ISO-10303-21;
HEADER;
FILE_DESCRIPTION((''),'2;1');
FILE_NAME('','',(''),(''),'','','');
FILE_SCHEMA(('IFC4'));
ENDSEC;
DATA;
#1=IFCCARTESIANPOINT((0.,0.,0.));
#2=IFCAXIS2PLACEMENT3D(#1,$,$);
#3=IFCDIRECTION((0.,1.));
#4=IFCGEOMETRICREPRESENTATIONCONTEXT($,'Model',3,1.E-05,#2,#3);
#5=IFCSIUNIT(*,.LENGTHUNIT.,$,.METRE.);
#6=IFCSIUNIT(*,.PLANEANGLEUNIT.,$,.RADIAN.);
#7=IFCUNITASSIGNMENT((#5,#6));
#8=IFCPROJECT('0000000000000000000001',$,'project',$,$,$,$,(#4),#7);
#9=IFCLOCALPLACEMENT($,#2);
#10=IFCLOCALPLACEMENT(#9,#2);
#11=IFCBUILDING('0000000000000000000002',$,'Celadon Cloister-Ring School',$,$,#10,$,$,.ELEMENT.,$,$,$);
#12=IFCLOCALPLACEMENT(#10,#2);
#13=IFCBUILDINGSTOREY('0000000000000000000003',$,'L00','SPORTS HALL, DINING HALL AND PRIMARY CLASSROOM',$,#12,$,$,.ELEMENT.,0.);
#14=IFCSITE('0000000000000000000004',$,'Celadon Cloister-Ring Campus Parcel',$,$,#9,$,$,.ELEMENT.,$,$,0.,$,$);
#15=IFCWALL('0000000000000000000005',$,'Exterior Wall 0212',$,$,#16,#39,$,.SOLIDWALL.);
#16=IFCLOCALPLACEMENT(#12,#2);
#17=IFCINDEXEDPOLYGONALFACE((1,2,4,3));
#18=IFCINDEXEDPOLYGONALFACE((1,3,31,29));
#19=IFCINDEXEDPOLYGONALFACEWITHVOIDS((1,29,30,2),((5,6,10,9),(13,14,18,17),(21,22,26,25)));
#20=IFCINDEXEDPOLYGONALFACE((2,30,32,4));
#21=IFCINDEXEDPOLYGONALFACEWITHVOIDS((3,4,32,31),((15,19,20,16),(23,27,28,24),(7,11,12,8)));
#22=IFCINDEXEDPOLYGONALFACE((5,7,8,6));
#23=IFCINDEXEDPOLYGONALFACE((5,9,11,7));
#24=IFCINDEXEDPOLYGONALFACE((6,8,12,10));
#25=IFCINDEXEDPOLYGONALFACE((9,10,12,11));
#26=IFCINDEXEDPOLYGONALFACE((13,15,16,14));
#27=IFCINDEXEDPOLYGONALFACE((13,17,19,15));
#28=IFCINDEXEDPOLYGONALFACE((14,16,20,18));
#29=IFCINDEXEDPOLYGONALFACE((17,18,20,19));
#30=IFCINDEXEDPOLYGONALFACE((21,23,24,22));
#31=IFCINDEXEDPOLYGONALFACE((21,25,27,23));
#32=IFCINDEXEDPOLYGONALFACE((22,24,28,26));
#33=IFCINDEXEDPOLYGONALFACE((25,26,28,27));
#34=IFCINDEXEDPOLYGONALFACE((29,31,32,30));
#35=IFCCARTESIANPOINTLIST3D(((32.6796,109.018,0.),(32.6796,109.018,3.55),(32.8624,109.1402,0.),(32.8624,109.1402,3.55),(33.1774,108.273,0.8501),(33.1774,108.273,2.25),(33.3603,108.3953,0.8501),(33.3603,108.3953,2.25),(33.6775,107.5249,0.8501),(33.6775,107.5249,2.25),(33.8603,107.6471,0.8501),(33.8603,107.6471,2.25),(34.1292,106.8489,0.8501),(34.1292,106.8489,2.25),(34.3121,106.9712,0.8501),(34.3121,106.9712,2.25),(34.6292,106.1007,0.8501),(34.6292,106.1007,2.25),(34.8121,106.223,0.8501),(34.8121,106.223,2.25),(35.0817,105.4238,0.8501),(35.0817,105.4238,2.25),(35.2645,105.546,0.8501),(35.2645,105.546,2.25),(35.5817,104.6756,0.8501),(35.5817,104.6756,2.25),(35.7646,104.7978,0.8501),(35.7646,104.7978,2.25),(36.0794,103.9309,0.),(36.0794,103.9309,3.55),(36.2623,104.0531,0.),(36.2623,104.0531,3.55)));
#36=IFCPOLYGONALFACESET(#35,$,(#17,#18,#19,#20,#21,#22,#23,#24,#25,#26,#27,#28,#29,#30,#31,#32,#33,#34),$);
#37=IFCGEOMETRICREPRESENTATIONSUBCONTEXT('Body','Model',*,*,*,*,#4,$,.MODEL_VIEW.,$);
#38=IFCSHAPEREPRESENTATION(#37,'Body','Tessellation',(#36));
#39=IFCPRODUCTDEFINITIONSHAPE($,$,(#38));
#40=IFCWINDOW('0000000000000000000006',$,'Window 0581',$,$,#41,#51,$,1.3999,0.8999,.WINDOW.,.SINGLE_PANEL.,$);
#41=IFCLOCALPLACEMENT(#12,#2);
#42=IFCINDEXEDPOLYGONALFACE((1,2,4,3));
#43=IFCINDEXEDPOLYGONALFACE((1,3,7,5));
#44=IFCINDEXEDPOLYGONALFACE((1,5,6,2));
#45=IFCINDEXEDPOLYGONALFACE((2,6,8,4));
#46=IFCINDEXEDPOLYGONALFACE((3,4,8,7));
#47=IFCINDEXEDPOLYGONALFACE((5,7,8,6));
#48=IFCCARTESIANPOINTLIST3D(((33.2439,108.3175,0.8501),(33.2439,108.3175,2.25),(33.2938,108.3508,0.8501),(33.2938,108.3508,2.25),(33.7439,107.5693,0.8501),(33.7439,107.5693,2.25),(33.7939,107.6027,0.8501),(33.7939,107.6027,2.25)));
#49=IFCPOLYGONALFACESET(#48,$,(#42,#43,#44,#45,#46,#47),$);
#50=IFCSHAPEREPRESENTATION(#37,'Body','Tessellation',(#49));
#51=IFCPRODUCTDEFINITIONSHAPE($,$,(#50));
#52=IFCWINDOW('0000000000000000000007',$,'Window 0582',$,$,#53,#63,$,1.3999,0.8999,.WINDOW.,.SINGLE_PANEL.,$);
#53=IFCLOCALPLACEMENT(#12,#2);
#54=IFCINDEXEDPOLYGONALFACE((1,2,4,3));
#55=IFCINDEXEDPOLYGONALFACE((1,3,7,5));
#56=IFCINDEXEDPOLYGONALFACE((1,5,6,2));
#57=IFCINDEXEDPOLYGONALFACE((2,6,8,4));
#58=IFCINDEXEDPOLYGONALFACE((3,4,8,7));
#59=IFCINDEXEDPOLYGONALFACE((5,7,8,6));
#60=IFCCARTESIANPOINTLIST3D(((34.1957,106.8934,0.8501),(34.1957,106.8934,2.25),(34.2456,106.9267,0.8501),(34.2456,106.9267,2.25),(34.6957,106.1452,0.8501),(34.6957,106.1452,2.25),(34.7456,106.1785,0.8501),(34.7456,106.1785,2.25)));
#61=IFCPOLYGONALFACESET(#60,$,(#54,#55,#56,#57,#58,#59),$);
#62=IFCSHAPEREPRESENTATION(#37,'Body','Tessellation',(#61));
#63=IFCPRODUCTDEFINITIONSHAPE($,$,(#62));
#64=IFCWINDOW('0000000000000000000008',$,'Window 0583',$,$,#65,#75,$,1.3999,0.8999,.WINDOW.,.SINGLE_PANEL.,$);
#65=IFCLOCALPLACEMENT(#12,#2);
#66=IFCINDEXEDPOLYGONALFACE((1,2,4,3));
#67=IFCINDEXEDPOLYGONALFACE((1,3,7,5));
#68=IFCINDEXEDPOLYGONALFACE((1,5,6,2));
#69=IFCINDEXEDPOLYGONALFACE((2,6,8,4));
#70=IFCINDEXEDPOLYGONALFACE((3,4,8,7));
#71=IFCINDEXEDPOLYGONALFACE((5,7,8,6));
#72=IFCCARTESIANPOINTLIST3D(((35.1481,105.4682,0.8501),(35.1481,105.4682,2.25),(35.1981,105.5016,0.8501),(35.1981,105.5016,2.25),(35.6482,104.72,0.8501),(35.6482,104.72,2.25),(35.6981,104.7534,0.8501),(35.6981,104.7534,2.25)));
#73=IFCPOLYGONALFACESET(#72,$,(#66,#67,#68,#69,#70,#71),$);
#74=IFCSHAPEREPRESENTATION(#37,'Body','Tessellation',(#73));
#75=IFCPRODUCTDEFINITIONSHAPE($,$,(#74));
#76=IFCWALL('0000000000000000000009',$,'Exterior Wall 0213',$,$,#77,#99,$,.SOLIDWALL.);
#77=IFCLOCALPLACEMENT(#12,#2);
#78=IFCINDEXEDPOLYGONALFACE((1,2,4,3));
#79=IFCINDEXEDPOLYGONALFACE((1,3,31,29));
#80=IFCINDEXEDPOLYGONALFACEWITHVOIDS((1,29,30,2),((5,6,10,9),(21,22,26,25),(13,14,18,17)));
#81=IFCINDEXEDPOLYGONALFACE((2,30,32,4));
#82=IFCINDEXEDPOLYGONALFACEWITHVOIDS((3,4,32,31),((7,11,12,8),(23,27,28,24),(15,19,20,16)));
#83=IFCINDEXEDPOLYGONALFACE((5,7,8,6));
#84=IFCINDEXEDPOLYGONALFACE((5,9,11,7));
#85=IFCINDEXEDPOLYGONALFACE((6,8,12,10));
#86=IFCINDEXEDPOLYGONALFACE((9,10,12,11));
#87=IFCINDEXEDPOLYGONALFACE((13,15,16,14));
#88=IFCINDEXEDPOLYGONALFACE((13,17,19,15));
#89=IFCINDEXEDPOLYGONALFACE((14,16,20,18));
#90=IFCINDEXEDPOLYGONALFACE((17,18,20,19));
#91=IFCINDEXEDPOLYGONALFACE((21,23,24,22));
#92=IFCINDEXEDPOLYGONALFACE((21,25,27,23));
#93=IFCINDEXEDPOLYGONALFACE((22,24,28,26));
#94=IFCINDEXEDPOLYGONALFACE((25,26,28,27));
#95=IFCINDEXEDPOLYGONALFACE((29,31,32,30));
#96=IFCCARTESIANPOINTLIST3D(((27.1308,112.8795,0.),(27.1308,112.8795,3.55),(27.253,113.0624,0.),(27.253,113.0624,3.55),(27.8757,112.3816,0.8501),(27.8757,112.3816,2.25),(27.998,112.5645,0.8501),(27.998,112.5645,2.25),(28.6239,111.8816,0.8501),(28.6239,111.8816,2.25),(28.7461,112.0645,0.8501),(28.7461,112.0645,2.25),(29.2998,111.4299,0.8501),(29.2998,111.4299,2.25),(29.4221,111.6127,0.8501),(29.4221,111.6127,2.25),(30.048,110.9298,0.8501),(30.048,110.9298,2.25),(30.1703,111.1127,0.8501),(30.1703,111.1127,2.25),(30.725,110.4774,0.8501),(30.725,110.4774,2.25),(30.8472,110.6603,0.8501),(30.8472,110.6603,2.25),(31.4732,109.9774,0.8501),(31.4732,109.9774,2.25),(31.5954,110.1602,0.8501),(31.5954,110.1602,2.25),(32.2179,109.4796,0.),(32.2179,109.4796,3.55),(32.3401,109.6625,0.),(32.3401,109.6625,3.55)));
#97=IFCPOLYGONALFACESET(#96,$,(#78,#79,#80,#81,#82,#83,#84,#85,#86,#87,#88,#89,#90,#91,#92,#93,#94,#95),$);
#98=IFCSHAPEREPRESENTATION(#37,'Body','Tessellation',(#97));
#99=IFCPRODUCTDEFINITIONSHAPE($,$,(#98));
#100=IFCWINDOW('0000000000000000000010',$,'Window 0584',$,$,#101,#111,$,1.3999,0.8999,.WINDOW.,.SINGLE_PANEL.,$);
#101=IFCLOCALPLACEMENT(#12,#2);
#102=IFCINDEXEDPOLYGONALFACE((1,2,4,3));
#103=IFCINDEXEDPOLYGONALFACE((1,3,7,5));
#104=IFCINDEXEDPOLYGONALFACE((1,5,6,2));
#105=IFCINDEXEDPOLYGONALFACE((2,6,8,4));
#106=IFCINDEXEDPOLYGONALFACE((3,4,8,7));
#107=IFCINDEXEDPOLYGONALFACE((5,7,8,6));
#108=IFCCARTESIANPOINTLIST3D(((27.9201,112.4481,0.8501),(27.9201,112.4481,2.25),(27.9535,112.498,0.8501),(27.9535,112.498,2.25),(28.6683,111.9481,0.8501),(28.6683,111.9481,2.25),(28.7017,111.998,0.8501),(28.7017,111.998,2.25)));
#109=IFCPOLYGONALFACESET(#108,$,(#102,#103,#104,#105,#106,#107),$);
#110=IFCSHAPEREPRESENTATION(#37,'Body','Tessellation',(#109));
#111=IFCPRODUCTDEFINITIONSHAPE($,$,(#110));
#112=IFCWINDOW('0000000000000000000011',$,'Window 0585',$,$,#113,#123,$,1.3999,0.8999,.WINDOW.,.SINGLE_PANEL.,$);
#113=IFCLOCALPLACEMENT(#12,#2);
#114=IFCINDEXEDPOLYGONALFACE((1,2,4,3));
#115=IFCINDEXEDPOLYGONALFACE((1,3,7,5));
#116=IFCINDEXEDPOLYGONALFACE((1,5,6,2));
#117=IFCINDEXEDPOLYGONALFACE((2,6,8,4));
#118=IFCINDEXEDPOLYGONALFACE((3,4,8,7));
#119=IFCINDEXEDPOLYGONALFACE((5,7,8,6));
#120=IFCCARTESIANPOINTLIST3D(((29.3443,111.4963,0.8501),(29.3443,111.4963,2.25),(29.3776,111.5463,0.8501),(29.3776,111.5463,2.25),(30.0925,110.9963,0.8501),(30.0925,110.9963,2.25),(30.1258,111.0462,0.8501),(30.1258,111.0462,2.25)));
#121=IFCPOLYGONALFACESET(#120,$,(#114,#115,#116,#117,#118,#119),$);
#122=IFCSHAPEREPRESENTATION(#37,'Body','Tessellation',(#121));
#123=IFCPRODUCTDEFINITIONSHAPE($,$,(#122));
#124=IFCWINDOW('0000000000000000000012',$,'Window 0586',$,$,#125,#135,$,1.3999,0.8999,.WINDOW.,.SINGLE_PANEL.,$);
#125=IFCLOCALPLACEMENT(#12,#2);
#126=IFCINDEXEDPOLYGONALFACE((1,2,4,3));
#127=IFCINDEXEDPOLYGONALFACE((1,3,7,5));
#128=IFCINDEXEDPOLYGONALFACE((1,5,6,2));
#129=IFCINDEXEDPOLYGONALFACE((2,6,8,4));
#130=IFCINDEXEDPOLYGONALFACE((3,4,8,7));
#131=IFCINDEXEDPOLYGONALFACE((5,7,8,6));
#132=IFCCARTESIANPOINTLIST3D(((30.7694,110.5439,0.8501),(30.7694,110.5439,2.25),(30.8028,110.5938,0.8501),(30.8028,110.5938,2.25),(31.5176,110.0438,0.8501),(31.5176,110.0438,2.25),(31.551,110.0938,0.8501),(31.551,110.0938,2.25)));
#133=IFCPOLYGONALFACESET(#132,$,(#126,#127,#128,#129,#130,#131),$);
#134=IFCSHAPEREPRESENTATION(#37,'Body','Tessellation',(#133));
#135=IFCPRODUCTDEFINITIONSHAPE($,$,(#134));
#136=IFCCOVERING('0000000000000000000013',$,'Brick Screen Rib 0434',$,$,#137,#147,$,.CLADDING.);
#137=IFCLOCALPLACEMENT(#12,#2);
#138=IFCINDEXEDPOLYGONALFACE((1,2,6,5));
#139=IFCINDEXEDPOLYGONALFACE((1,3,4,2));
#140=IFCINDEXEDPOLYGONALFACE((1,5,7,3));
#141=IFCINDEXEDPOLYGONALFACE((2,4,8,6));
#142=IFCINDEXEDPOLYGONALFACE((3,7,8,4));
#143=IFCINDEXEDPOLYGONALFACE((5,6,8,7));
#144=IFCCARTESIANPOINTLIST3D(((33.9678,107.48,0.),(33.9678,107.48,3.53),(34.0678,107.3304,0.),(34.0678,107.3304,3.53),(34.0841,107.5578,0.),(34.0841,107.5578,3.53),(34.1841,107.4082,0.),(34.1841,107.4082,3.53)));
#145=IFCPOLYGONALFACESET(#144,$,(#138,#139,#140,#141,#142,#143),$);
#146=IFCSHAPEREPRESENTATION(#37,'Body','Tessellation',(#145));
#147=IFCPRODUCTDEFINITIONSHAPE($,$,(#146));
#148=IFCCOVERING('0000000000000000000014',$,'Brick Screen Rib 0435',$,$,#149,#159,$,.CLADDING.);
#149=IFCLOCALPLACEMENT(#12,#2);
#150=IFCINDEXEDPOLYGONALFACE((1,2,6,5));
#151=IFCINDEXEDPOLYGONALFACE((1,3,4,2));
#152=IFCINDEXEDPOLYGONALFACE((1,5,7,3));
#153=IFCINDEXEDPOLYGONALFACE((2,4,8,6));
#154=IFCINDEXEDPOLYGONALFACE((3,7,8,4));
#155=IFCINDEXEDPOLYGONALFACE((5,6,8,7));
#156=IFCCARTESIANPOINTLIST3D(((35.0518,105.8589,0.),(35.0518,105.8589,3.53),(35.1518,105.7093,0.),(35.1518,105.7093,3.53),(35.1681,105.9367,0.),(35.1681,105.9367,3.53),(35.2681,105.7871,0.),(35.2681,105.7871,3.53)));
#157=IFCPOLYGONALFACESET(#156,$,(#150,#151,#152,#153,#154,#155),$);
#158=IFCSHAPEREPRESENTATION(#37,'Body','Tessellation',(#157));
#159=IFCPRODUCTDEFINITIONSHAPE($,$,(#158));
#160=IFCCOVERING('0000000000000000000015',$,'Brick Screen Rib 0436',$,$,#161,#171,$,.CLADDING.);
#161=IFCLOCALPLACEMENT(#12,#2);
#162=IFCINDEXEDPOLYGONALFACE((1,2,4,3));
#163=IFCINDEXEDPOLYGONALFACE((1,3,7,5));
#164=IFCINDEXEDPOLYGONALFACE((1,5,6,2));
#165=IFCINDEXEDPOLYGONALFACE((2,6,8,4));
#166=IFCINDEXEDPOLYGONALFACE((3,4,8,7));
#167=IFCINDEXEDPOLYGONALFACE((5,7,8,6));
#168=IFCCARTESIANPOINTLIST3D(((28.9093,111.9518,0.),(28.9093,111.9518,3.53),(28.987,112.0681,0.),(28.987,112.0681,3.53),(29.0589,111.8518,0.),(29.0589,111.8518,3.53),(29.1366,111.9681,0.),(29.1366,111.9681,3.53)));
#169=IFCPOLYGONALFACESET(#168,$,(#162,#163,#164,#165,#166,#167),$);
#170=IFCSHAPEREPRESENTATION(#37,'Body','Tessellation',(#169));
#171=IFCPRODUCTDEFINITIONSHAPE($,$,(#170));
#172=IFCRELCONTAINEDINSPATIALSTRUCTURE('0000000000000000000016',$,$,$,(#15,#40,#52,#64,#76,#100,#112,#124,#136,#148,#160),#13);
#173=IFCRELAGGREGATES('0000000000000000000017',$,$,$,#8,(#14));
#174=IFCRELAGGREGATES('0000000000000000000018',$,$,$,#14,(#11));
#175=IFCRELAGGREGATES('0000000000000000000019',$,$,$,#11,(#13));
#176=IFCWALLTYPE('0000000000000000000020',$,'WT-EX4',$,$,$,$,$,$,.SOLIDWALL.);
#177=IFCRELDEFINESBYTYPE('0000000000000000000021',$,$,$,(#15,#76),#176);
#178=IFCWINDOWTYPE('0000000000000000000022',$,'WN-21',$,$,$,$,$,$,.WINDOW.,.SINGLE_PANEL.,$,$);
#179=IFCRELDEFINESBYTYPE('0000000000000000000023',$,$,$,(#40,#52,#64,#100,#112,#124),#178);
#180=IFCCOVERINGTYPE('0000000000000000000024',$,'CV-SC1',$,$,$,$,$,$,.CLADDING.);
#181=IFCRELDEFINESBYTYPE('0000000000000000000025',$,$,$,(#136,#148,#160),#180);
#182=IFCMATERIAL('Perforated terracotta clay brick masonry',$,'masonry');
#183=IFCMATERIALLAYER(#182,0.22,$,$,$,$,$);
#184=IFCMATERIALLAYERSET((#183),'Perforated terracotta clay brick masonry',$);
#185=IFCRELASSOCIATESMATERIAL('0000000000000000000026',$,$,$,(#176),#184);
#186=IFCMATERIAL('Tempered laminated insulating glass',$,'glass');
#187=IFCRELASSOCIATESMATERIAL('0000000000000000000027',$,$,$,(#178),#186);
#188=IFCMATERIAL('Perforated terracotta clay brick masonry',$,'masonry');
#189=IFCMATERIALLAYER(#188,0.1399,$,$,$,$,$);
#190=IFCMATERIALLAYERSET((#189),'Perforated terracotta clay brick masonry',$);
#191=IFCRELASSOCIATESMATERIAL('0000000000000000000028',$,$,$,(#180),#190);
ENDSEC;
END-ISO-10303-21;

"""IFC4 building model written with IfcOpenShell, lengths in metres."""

from ifc_helpers import new_model, si_unit, direction, frame, frame_2d, origin, origin_2d, place, context, subcontext, project, spatial, rectangle, extrude, material, layer, layer_set, type_object, element, fill, save


model = new_model("IFC4")

# Units and contexts
model_context = context("Model", 3, precision=1e-05, world=origin(), true_north=direction((0.0, 1.0)))
body_context = subcontext(model_context, "Body", "Model", "MODEL_VIEW")
ifc_project = project(units=[si_unit("LENGTHUNIT", "METRE"), si_unit("PLANEANGLEUNIT", "RADIAN")], contexts=[model_context])

# Site, building, storey
site_placement = place(None, origin())
site = spatial("IfcSite", under=ifc_project, at=site_placement, Name="Celadon Cloister-Ring Campus Parcel", CompositionType="ELEMENT", RefElevation=0.0)
building_placement = place(site_placement, origin())
building = spatial("IfcBuilding", under=site, at=building_placement, Name="Celadon Cloister-Ring School", CompositionType="ELEMENT")
storey_placement = place(building_placement, origin())
storey = spatial("IfcBuildingStorey", under=building, at=storey_placement, Name="L00", Description="SPORTS HALL, DINING HALL AND PRIMARY CLASSROOM", CompositionType="ELEMENT", Elevation=0.0)

# Walls, openings, windows
ifc_material_1 = material(Name="Perforated terracotta clay brick masonry", Category="masonry")
ifc_layer_1 = layer(ifc_material_1, 0.22)
ifc_layer_set_1 = layer_set([ifc_layer_1], Name="Perforated terracotta clay brick masonry")
wall_type = type_object("IfcWallType", Name="WT-EX4", PredefinedType="SOLIDWALL", material=ifc_layer_set_1)
wall_1_placement = place(storey_placement, frame((32.771, 109.0791, 0.0), z_axis=(0.0, 0.0, 1.0), x_axis=(0.555657, -0.831411, 0.0)))
wall_1 = element("IfcWall", 1, at=wall_1_placement, inside=storey, type_object=wall_type, Name="Exterior Wall 0212", PredefinedType="SOLIDWALL", context=body_context, shape_type="SweptSolid", body=[
    extrude(rectangle(XDim=6.1187, YDim=0.22, at=frame_2d((3.0593, 0.0))), origin(), (0.0, 0.0, 1.0), 3.55),
])
opening_1_placement = place(wall_1_placement, frame((0.896, 0.0, 0.8501)))
opening_1 = element("IfcOpeningElement", 2, at=opening_1_placement, cuts=wall_1, PredefinedType="OPENING", context=body_context, shape_type="SweptSolid", body=[
    extrude(rectangle(XDim=0.8999, YDim=1.3999, at=frame_2d((0.45, 0.7))), frame((0.0, 0.1201, 0.0), z_axis=(0.0, -1.0, 0.0), x_axis=(1.0, 0.0, 0.0)), (0.0, 0.0, 1.0), 0.24),
])
opening_2_placement = place(wall_1_placement, frame((2.6089, 0.0, 0.8501)))
opening_2 = element("IfcOpeningElement", 3, at=opening_2_placement, cuts=wall_1, PredefinedType="OPENING", context=body_context, shape_type="SweptSolid", body=[
    extrude(rectangle(XDim=0.8999, YDim=1.3999, at=frame_2d((0.45, 0.7))), frame((0.0, 0.1201, 0.0), z_axis=(0.0, -1.0, 0.0), x_axis=(1.0, 0.0, 0.0)), (0.0, 0.0, 1.0), 0.24),
])
opening_3_placement = place(wall_1_placement, frame((4.323, 0.0, 0.8501)))
opening_3 = element("IfcOpeningElement", 4, at=opening_3_placement, cuts=wall_1, PredefinedType="OPENING", context=body_context, shape_type="SweptSolid", body=[
    extrude(rectangle(XDim=0.8999, YDim=1.3999, at=frame_2d((0.45, 0.7))), frame((0.0, 0.1201, 0.0), z_axis=(0.0, -1.0, 0.0), x_axis=(1.0, 0.0, 0.0)), (0.0, 0.0, 1.0), 0.24),
])
ifc_material_2 = material(Name="Tempered laminated insulating glass", Category="glass")
window_type = type_object("IfcWindowType", Name="WN-21", PartitioningType="SINGLE_PANEL", PredefinedType="WINDOW", material=ifc_material_2)
window_1_placement = place(opening_1_placement, origin())
window_1 = element("IfcWindow", 5, at=window_1_placement, inside=storey, type_object=window_type, Name="Window 0581", OverallHeight=1.3999, OverallWidth=0.8999, PartitioningType="SINGLE_PANEL", PredefinedType="WINDOW", context=body_context, shape_type="SweptSolid", body=[
    extrude(rectangle(XDim=0.8999, YDim=1.3999, at=frame_2d((0.45, 0.7))), frame((0.0, 0.03, 0.0), z_axis=(0.0, -1.0, 0.0), x_axis=(1.0, 0.0, 0.0)), (0.0, 0.0, 1.0), 0.0601),
])
fill(opening_1, window_1)
window_2_placement = place(opening_2_placement, origin())
window_2 = element("IfcWindow", 6, at=window_2_placement, inside=storey, type_object=window_type, Name="Window 0582", OverallHeight=1.3999, OverallWidth=0.8999, PartitioningType="SINGLE_PANEL", PredefinedType="WINDOW", context=body_context, shape_type="SweptSolid", body=[
    extrude(rectangle(XDim=0.8999, YDim=1.3999, at=frame_2d((0.45, 0.7))), frame((0.0, 0.03, 0.0), z_axis=(0.0, -1.0, 0.0), x_axis=(1.0, 0.0, 0.0)), (0.0, 0.0, 1.0), 0.0601),
])
fill(opening_2, window_2)
window_3_placement = place(opening_3_placement, origin())
window_3 = element("IfcWindow", 7, at=window_3_placement, inside=storey, type_object=window_type, Name="Window 0583", OverallHeight=1.3999, OverallWidth=0.8999, PartitioningType="SINGLE_PANEL", PredefinedType="WINDOW", context=body_context, shape_type="SweptSolid", body=[
    extrude(rectangle(XDim=0.8999, YDim=1.3999, at=frame_2d((0.45, 0.7))), frame((0.0, 0.03, 0.0), z_axis=(0.0, -1.0, 0.0), x_axis=(1.0, 0.0, 0.0)), (0.0, 0.0, 1.0), 0.0601),
])
fill(opening_3, window_3)
wall_2_placement = place(storey_placement, frame((27.1919, 112.9709, 0.0), z_axis=(0.0, 0.0, 1.0), x_axis=(0.831411, -0.555657, 0.0)))
wall_2 = element("IfcWall", 8, at=wall_2_placement, inside=storey, type_object=wall_type, Name="Exterior Wall 0213", PredefinedType="SOLIDWALL", context=body_context, shape_type="SweptSolid", body=[
    extrude(rectangle(XDim=6.1187, YDim=0.22, at=frame_2d((3.0593, 0.0))), origin(), (0.0, 0.0, 1.0), 3.55),
])
opening_4_placement = place(wall_2_placement, frame((0.896, 0.0, 0.8501)))
opening_4 = element("IfcOpeningElement", 9, at=opening_4_placement, cuts=wall_2, PredefinedType="OPENING", context=body_context, shape_type="SweptSolid", body=[
    extrude(rectangle(XDim=0.8999, YDim=1.3999, at=frame_2d((0.45, 0.7))), frame((0.0, 0.1201, 0.0), z_axis=(0.0, -1.0, 0.0), x_axis=(1.0, 0.0, 0.0)), (0.0, 0.0, 1.0), 0.24),
])
opening_5_placement = place(wall_2_placement, frame((2.6089, 0.0, 0.8501)))
opening_5 = element("IfcOpeningElement", 10, at=opening_5_placement, cuts=wall_2, PredefinedType="OPENING", context=body_context, shape_type="SweptSolid", body=[
    extrude(rectangle(XDim=0.8999, YDim=1.3999, at=frame_2d((0.45, 0.7))), frame((0.0, 0.1201, 0.0), z_axis=(0.0, -1.0, 0.0), x_axis=(1.0, 0.0, 0.0)), (0.0, 0.0, 1.0), 0.24),
])
opening_6_placement = place(wall_2_placement, frame((4.323, 0.0, 0.8501)))
opening_6 = element("IfcOpeningElement", 11, at=opening_6_placement, cuts=wall_2, PredefinedType="OPENING", context=body_context, shape_type="SweptSolid", body=[
    extrude(rectangle(XDim=0.8999, YDim=1.3999, at=frame_2d((0.45, 0.7))), frame((0.0, 0.1201, 0.0), z_axis=(0.0, -1.0, 0.0), x_axis=(1.0, 0.0, 0.0)), (0.0, 0.0, 1.0), 0.24),
])
window_4_placement = place(opening_4_placement, origin())
window_4 = element("IfcWindow", 12, at=window_4_placement, inside=storey, type_object=window_type, Name="Window 0584", OverallHeight=1.3999, OverallWidth=0.8999, PartitioningType="SINGLE_PANEL", PredefinedType="WINDOW", context=body_context, shape_type="SweptSolid", body=[
    extrude(rectangle(XDim=0.8999, YDim=1.3999, at=frame_2d((0.45, 0.7))), frame((0.0, 0.03, 0.0), z_axis=(0.0, -1.0, 0.0), x_axis=(1.0, 0.0, 0.0)), (0.0, 0.0, 1.0), 0.0601),
])
fill(opening_4, window_4)
window_5_placement = place(opening_5_placement, origin())
window_5 = element("IfcWindow", 13, at=window_5_placement, inside=storey, type_object=window_type, Name="Window 0585", OverallHeight=1.3999, OverallWidth=0.8999, PartitioningType="SINGLE_PANEL", PredefinedType="WINDOW", context=body_context, shape_type="SweptSolid", body=[
    extrude(rectangle(XDim=0.8999, YDim=1.3999, at=frame_2d((0.45, 0.7))), frame((0.0, 0.03, 0.0), z_axis=(0.0, -1.0, 0.0), x_axis=(1.0, 0.0, 0.0)), (0.0, 0.0, 1.0), 0.0601),
])
fill(opening_5, window_5)
window_6_placement = place(opening_6_placement, origin())
window_6 = element("IfcWindow", 14, at=window_6_placement, inside=storey, type_object=window_type, Name="Window 0586", OverallHeight=1.3999, OverallWidth=0.8999, PartitioningType="SINGLE_PANEL", PredefinedType="WINDOW", context=body_context, shape_type="SweptSolid", body=[
    extrude(rectangle(XDim=0.8999, YDim=1.3999, at=frame_2d((0.45, 0.7))), frame((0.0, 0.03, 0.0), z_axis=(0.0, -1.0, 0.0), x_axis=(1.0, 0.0, 0.0)), (0.0, 0.0, 1.0), 0.0601),
])
fill(opening_6, window_6)

# Coverings
ifc_material_3 = material(Name="Perforated terracotta clay brick masonry", Category="masonry")
ifc_layer_2 = layer(ifc_material_3, 0.1399)
ifc_layer_set_2 = layer_set([ifc_layer_2], Name="Perforated terracotta clay brick masonry")
covering_type = type_object("IfcCoveringType", Name="CV-SC1", PredefinedType="CLADDING", material=ifc_layer_set_2)
for number, where, z_axis, x_axis, name in (
    (15, (34.0759, 107.4441, 0.0), (0.0, 0.0, 1.0), (0.555686, -0.831392, 0.0), "Brick Screen Rib 0434"),
    (16, (35.1599, 105.823, 0.0), (0.0, 0.0, 1.0), (0.555686, -0.831392, 0.0), "Brick Screen Rib 0435"),
    (17, (29.0229, 111.96, 0.0), (0.0, 0.0, 1.0), (0.831392, -0.555686, 0.0), "Brick Screen Rib 0436"),
):
    element("IfcCovering", number, at=place(storey_placement, frame(where, z_axis=z_axis, x_axis=x_axis)), inside=storey, type_object=covering_type, Name=name, PredefinedType="CLADDING", context=body_context, shape_type="SweptSolid", body=[
        extrude(rectangle(XDim=0.1799, YDim=0.1399, at=origin_2d()), origin(), (0.0, 0.0, 1.0), 3.53),
    ])

save(model, "model.ifc")
